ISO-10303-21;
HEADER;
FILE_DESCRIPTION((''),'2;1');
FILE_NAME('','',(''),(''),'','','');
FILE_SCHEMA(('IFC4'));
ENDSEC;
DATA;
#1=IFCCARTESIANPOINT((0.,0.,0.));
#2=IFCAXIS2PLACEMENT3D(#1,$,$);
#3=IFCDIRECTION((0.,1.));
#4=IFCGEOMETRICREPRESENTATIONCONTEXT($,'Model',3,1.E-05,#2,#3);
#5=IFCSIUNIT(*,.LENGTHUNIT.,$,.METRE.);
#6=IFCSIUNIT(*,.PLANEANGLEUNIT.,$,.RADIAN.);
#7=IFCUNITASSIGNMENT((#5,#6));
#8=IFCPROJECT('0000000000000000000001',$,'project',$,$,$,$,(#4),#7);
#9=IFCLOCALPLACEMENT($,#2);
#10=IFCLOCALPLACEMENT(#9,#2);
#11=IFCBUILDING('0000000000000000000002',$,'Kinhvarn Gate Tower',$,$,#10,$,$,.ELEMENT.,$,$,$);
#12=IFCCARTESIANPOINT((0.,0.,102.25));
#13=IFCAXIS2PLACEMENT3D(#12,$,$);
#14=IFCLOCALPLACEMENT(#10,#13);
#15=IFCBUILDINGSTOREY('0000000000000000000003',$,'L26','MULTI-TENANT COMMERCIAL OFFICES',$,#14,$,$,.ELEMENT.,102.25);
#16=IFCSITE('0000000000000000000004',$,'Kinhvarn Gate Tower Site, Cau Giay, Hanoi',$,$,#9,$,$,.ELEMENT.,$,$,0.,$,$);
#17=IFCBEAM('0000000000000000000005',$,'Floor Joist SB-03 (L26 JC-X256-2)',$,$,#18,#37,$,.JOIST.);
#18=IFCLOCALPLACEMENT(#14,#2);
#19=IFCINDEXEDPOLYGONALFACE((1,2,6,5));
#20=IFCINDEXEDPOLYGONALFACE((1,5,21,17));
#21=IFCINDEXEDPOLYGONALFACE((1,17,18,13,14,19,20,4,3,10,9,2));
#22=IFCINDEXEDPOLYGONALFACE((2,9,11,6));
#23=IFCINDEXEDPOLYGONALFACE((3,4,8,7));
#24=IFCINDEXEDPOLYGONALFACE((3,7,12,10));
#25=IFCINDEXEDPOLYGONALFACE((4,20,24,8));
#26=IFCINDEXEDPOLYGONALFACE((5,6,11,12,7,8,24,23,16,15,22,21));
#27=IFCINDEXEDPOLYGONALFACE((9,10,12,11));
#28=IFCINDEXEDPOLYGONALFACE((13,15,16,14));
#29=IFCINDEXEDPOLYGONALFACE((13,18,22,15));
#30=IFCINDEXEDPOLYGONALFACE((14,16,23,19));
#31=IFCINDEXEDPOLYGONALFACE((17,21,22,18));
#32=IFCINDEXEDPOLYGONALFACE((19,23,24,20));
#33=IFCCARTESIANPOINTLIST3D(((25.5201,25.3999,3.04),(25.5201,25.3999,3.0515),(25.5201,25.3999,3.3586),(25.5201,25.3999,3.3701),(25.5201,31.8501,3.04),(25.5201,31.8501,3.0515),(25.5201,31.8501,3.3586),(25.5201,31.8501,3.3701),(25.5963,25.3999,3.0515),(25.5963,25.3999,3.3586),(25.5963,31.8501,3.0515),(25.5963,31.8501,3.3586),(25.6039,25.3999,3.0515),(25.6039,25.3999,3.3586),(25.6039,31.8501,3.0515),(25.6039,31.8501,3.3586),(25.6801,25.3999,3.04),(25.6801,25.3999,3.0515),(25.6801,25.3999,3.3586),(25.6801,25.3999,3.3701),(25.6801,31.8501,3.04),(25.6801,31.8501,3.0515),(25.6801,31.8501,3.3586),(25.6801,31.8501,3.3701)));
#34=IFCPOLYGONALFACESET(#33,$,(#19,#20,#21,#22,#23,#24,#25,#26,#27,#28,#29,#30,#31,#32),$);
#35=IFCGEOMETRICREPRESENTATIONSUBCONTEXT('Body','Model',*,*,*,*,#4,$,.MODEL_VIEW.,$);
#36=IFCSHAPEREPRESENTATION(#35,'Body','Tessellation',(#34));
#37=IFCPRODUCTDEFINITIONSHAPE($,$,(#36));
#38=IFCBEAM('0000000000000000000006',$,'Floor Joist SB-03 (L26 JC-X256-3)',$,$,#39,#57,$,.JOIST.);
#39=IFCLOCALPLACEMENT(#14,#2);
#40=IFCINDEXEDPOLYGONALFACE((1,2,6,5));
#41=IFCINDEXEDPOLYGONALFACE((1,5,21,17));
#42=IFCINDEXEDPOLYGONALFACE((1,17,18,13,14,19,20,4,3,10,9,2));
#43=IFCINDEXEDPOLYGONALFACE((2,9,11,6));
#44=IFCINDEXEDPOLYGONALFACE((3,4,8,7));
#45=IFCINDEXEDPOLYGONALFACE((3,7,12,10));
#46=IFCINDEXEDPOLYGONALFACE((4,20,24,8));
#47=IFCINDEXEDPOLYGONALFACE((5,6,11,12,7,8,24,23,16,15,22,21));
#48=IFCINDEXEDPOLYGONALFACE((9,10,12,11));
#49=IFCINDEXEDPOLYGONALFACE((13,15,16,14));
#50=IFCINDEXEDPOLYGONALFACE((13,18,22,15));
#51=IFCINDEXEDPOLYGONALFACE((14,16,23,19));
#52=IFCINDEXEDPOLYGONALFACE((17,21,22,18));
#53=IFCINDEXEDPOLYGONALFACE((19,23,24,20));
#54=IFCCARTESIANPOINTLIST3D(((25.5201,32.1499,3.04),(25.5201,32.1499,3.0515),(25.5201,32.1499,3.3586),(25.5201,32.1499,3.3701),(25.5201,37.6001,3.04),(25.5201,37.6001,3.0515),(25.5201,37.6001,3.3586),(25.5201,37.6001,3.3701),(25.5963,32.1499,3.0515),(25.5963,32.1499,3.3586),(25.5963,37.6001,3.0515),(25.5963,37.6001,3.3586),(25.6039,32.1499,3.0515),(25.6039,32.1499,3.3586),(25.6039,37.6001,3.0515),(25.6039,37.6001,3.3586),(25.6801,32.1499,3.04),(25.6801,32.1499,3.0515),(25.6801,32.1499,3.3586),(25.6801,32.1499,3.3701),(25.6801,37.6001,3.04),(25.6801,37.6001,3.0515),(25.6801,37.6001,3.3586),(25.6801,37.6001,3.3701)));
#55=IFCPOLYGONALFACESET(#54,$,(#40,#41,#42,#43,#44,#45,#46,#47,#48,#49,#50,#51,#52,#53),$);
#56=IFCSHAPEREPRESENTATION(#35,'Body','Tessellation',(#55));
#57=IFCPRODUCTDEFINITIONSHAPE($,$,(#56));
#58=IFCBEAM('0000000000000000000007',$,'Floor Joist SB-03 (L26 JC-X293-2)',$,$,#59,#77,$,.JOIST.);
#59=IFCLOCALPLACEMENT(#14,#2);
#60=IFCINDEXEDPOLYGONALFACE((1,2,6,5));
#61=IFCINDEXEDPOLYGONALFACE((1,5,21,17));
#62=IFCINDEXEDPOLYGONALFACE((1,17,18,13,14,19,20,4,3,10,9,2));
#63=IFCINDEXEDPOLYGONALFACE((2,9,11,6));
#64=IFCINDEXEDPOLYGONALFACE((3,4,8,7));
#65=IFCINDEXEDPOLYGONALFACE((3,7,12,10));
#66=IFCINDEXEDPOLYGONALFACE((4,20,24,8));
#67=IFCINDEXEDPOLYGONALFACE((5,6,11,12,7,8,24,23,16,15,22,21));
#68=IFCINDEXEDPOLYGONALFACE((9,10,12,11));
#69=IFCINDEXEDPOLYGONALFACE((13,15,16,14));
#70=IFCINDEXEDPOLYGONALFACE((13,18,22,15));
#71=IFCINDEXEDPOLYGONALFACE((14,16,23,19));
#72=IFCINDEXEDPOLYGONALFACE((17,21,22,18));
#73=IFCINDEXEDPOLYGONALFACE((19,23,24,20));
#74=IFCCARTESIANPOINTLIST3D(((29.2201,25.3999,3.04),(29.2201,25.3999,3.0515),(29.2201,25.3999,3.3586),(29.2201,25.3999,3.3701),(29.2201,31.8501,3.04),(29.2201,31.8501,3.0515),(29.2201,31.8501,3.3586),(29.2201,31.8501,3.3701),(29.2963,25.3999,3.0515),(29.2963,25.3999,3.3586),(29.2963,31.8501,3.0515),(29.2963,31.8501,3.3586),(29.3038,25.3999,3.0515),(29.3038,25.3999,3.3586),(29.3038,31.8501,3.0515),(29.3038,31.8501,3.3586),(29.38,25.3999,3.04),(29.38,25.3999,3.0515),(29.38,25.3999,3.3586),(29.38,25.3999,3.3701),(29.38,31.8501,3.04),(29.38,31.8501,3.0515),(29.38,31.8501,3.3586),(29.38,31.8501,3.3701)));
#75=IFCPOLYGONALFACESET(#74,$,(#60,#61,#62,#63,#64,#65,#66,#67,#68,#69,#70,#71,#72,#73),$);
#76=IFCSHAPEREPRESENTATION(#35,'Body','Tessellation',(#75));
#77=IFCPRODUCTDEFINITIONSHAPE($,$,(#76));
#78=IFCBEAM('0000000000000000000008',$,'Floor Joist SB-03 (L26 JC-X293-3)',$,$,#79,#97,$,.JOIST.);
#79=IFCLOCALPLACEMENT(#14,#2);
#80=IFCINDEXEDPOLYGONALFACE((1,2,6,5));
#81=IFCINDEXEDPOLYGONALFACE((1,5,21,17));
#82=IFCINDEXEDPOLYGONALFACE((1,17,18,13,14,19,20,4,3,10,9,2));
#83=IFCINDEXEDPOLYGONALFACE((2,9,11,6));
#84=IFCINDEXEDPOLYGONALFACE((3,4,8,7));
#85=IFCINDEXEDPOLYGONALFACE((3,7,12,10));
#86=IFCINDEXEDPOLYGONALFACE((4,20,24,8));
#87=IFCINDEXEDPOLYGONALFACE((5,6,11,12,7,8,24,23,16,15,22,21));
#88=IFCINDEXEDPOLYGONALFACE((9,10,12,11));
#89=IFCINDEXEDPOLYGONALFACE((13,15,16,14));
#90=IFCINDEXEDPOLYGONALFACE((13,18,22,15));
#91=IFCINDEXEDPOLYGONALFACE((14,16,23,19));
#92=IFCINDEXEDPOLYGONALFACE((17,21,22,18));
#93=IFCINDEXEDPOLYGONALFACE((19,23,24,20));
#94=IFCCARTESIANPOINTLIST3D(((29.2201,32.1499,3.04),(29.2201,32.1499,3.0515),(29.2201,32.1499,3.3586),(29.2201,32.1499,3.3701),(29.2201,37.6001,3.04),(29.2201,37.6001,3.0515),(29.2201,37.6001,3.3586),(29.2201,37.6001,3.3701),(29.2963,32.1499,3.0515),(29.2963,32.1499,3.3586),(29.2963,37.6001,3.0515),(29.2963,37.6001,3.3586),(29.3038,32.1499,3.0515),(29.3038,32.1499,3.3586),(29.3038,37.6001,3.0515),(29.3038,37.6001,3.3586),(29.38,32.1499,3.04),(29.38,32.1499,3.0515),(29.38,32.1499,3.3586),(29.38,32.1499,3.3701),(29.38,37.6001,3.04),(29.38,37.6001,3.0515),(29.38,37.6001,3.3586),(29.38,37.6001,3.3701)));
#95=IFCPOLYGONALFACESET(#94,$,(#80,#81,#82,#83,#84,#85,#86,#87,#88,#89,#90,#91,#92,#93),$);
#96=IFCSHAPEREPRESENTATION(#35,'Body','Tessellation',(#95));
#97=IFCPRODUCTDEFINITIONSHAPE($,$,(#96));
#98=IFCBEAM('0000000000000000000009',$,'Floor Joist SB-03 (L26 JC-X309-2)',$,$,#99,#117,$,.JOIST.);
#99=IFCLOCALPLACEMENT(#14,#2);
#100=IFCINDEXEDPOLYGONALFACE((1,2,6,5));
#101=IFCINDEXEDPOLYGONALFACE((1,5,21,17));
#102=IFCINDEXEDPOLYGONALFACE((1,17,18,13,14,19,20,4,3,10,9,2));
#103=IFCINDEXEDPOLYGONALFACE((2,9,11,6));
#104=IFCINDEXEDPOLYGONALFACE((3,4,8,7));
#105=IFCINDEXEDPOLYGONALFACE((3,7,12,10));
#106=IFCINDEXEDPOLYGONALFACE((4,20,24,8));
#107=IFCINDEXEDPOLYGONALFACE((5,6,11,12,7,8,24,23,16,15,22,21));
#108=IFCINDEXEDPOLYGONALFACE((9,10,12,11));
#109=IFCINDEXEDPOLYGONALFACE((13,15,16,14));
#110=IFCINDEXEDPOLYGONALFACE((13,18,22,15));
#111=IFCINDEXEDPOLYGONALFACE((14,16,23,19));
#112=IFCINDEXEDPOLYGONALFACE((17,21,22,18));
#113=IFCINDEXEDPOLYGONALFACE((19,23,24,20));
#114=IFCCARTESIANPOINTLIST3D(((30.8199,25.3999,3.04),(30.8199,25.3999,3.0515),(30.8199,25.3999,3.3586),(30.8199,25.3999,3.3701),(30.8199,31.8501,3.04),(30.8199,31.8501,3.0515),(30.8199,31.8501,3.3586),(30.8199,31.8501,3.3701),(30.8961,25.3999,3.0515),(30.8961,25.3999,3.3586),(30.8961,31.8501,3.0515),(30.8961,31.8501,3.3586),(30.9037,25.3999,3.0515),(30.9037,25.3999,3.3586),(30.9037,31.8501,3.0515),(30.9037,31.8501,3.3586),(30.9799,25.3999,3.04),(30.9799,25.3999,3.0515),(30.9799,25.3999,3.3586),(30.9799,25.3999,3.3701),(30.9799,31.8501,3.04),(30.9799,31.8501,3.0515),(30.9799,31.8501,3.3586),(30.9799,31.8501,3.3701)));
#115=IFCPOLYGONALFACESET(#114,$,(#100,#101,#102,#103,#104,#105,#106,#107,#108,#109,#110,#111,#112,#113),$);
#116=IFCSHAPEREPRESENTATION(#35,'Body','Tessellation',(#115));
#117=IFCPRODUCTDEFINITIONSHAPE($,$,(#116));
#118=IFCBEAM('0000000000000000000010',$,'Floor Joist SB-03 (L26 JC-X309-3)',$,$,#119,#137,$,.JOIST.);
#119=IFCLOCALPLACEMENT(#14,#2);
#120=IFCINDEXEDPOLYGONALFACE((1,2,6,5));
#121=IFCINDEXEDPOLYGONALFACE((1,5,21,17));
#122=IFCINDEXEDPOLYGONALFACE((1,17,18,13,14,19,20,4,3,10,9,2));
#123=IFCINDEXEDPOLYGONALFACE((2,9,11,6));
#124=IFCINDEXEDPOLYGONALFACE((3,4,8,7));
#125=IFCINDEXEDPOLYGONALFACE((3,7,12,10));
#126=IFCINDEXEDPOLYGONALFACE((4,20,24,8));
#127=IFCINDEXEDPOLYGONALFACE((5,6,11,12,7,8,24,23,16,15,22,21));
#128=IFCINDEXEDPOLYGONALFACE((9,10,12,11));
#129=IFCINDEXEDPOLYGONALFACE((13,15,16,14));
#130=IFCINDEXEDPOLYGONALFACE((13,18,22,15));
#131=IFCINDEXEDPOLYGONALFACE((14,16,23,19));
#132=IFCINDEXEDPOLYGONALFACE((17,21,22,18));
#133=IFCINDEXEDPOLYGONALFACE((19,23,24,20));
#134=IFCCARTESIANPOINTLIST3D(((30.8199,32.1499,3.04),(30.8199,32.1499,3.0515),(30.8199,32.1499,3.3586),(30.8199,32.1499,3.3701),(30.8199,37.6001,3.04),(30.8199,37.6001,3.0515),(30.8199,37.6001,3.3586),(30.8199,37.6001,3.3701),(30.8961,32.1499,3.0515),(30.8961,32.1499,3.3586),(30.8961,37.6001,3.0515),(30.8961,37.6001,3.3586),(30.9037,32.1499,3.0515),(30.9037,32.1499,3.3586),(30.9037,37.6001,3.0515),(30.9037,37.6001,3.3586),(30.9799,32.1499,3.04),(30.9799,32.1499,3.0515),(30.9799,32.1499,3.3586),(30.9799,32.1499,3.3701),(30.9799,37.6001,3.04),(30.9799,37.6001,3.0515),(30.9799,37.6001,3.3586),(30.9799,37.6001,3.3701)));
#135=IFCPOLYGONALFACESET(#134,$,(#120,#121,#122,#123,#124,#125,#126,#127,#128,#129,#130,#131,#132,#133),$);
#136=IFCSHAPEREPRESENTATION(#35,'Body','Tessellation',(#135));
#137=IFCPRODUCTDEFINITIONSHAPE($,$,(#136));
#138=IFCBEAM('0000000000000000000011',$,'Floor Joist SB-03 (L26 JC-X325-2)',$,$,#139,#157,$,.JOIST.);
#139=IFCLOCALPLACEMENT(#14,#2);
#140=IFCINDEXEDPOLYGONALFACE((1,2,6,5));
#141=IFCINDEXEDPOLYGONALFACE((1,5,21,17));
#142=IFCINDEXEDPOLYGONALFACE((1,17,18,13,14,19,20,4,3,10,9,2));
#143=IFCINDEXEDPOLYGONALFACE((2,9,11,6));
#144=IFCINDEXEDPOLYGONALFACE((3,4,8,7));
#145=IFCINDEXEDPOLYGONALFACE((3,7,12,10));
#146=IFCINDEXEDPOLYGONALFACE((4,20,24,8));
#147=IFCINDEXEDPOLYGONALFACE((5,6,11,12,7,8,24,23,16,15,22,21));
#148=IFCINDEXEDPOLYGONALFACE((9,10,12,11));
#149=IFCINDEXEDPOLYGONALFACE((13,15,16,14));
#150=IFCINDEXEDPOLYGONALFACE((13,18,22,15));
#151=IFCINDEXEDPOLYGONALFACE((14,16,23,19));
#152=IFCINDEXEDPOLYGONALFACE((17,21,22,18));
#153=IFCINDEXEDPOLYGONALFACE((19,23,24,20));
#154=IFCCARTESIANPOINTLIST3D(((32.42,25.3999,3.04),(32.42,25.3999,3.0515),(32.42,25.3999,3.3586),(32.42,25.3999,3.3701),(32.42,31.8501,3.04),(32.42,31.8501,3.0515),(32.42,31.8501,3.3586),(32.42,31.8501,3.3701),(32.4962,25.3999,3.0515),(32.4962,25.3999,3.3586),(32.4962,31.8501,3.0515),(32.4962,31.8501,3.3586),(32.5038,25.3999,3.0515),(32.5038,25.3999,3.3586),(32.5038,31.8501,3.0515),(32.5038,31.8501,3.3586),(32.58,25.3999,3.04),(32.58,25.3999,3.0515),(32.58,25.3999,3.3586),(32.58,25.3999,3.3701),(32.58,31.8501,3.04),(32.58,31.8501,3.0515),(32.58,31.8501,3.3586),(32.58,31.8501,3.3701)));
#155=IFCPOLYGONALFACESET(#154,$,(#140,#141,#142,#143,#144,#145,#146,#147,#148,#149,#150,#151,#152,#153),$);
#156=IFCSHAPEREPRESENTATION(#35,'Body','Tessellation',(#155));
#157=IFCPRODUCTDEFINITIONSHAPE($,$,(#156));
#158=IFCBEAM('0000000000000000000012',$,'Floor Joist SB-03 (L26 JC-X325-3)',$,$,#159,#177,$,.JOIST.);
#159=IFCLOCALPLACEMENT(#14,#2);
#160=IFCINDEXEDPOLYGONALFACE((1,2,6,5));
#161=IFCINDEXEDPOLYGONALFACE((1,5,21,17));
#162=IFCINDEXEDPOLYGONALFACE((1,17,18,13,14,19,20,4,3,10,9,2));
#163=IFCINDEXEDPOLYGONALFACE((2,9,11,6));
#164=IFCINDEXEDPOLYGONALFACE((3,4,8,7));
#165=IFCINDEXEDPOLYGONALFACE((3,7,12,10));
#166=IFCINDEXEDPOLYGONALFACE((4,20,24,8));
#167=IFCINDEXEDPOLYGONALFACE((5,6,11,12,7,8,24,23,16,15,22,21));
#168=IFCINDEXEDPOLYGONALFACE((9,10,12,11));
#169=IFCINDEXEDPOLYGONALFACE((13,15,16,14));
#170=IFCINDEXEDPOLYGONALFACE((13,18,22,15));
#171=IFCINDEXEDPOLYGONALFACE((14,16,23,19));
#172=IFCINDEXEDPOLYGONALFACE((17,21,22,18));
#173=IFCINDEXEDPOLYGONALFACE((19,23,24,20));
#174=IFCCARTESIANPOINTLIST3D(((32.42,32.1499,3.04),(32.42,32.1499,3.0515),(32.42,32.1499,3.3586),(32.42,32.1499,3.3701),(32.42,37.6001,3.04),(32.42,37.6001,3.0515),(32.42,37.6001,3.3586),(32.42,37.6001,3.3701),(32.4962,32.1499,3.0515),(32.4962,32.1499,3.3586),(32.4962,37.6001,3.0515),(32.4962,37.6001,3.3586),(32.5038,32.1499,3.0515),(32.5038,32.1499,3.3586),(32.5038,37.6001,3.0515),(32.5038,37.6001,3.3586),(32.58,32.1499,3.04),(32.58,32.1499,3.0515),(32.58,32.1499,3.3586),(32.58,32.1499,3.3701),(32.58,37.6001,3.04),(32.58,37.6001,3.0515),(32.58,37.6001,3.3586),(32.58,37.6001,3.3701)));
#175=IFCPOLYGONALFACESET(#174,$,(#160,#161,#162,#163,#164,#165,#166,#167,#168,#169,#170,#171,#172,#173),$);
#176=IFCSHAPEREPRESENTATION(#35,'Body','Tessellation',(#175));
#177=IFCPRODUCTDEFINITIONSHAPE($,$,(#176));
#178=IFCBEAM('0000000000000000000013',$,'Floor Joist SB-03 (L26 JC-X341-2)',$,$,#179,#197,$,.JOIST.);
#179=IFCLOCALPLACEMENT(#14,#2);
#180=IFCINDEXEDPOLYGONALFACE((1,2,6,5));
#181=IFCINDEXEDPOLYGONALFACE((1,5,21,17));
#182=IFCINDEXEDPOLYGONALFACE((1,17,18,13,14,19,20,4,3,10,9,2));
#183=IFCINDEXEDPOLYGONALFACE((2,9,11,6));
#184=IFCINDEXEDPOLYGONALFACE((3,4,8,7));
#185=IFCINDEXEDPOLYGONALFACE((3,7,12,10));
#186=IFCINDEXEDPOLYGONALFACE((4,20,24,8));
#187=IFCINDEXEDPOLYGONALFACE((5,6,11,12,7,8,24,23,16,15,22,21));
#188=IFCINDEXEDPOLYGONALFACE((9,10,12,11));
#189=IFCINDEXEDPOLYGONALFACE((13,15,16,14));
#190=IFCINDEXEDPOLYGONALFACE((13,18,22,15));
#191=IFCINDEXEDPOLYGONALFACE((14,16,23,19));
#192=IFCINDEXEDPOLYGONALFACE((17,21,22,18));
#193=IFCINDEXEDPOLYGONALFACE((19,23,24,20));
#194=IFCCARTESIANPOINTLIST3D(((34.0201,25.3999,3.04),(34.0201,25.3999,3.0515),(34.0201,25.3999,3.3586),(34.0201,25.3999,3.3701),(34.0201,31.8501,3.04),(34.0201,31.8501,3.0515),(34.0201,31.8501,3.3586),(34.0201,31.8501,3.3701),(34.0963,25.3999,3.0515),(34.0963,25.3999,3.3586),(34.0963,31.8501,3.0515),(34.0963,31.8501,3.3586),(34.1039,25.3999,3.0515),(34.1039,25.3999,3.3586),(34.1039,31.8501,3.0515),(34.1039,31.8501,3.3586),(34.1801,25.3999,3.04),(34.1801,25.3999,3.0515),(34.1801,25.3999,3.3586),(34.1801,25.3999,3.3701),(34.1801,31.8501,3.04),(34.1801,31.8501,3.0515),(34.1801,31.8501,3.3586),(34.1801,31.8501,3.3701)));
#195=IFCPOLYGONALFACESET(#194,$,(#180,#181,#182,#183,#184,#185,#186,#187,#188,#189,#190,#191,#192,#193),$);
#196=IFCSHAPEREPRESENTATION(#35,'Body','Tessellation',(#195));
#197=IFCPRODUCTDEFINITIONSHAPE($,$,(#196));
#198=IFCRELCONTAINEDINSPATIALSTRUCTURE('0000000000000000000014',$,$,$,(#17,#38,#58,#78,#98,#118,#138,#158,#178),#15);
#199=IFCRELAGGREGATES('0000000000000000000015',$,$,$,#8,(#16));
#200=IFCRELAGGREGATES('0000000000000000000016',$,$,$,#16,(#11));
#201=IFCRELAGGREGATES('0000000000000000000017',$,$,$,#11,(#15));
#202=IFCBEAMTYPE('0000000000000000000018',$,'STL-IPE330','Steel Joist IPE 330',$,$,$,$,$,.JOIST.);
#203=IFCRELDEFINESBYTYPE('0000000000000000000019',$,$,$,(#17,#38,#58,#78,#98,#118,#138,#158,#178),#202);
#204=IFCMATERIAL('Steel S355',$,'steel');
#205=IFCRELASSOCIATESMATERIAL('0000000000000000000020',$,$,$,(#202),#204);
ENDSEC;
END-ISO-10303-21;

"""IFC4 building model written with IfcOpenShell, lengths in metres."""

from ifc_helpers import new_model, si_unit, direction, frame, origin, origin_2d, place, context, subcontext, project, spatial, i_section, extrude, material, material_profile, profile_set, type_object, element, save


model = new_model("IFC4")

# Units and contexts
model_context = context("Model", 3, precision=1e-05, world=origin(), true_north=direction((0.0, 1.0)))
body_context = subcontext(model_context, "Body", "Model", "MODEL_VIEW")
ifc_project = project(units=[si_unit("LENGTHUNIT", "METRE"), si_unit("PLANEANGLEUNIT", "RADIAN")], contexts=[model_context])

# Site, building, storey
site_placement = place(None, origin())
site = spatial("IfcSite", under=ifc_project, at=site_placement, Name="Kinhvarn Gate Tower Site, Cau Giay, Hanoi", CompositionType="ELEMENT", RefElevation=0.0)
building_placement = place(site_placement, origin())
building = spatial("IfcBuilding", under=site, at=building_placement, Name="Kinhvarn Gate Tower", CompositionType="ELEMENT")
storey_placement = place(building_placement, frame((0.0, 0.0, 102.25)))
storey = spatial("IfcBuildingStorey", under=building, at=storey_placement, Name="L26", Description="MULTI-TENANT COMMERCIAL OFFICES", CompositionType="ELEMENT", Elevation=102.25)

# Beams
ifc_material_1 = material(Name="Steel S355", Category="steel")
ifc_material_profile = material_profile(ifc_material_1, i_section(OverallWidth=0.1599, OverallDepth=0.3301, WebThickness=0.0076, FlangeThickness=0.0115, at=origin_2d()), Name="IPE 330")
ifc_profile_set = profile_set([ifc_material_profile], Name="Steel S355")
beam_type = type_object("IfcBeamType", Name="STL-IPE330", Description="Steel Joist IPE 330", PredefinedType="JOIST", material=ifc_profile_set)
beam_1_placement = place(storey_placement, frame((25.6001, 25.3999, 3.2051), z_axis=(0.0, 1.0, 0.0), x_axis=(-1.0, 0.0, 0.0)))
element("IfcBeam", 1, at=beam_1_placement, inside=storey, type_object=beam_type, Name="Floor Joist SB-03 (L26 JC-X256-2)", PredefinedType="JOIST", context=body_context, shape_type="SweptSolid", body=[
    extrude(i_section(OverallWidth=0.1599, OverallDepth=0.3301, WebThickness=0.0076, FlangeThickness=0.0115, at=origin_2d()), origin(), (0.0, 0.0, 1.0), 6.4502),
])
beam_2_placement = place(storey_placement, frame((25.6001, 32.1499, 3.2051), z_axis=(0.0, 1.0, 0.0), x_axis=(-1.0, 0.0, 0.0)))
element("IfcBeam", 2, at=beam_2_placement, inside=storey, type_object=beam_type, Name="Floor Joist SB-03 (L26 JC-X256-3)", PredefinedType="JOIST", context=body_context, shape_type="SweptSolid", body=[
    extrude(i_section(OverallWidth=0.1599, OverallDepth=0.3301, WebThickness=0.0076, FlangeThickness=0.0115, at=origin_2d()), origin(), (0.0, 0.0, 1.0), 5.4502),
])
beam_3_placement = place(storey_placement, frame((29.3, 25.3999, 3.2051), z_axis=(0.0, 1.0, 0.0), x_axis=(-1.0, 0.0, 0.0)))
element("IfcBeam", 3, at=beam_3_placement, inside=storey, type_object=beam_type, Name="Floor Joist SB-03 (L26 JC-X293-2)", PredefinedType="JOIST", context=body_context, shape_type="SweptSolid", body=[
    extrude(i_section(OverallWidth=0.1599, OverallDepth=0.3301, WebThickness=0.0076, FlangeThickness=0.0115, at=origin_2d()), origin(), (0.0, 0.0, 1.0), 6.4502),
])
beam_4_placement = place(storey_placement, frame((29.3, 32.1499, 3.2051), z_axis=(0.0, 1.0, 0.0), x_axis=(-1.0, 0.0, 0.0)))
element("IfcBeam", 4, at=beam_4_placement, inside=storey, type_object=beam_type, Name="Floor Joist SB-03 (L26 JC-X293-3)", PredefinedType="JOIST", context=body_context, shape_type="SweptSolid", body=[
    extrude(i_section(OverallWidth=0.1599, OverallDepth=0.3301, WebThickness=0.0076, FlangeThickness=0.0115, at=origin_2d()), origin(), (0.0, 0.0, 1.0), 5.4502),
])
beam_5_placement = place(storey_placement, frame((30.8999, 25.3999, 3.2051), z_axis=(0.0, 1.0, 0.0), x_axis=(-1.0, 0.0, 0.0)))
element("IfcBeam", 5, at=beam_5_placement, inside=storey, type_object=beam_type, Name="Floor Joist SB-03 (L26 JC-X309-2)", PredefinedType="JOIST", context=body_context, shape_type="SweptSolid", body=[
    extrude(i_section(OverallWidth=0.1599, OverallDepth=0.3301, WebThickness=0.0076, FlangeThickness=0.0115, at=origin_2d()), origin(), (0.0, 0.0, 1.0), 6.4502),
])
beam_6_placement = place(storey_placement, frame((30.8999, 32.1499, 3.2051), z_axis=(0.0, 1.0, 0.0), x_axis=(-1.0, 0.0, 0.0)))
element("IfcBeam", 6, at=beam_6_placement, inside=storey, type_object=beam_type, Name="Floor Joist SB-03 (L26 JC-X309-3)", PredefinedType="JOIST", context=body_context, shape_type="SweptSolid", body=[
    extrude(i_section(OverallWidth=0.1599, OverallDepth=0.3301, WebThickness=0.0076, FlangeThickness=0.0115, at=origin_2d()), origin(), (0.0, 0.0, 1.0), 5.4502),
])
beam_7_placement = place(storey_placement, frame((32.5, 25.3999, 3.2051), z_axis=(0.0, 1.0, 0.0), x_axis=(-1.0, 0.0, 0.0)))
element("IfcBeam", 7, at=beam_7_placement, inside=storey, type_object=beam_type, Name="Floor Joist SB-03 (L26 JC-X325-2)", PredefinedType="JOIST", context=body_context, shape_type="SweptSolid", body=[
    extrude(i_section(OverallWidth=0.1599, OverallDepth=0.3301, WebThickness=0.0076, FlangeThickness=0.0115, at=origin_2d()), origin(), (0.0, 0.0, 1.0), 6.4502),
])
beam_8_placement = place(storey_placement, frame((32.5, 32.1499, 3.2051), z_axis=(0.0, 1.0, 0.0), x_axis=(-1.0, 0.0, 0.0)))
element("IfcBeam", 8, at=beam_8_placement, inside=storey, type_object=beam_type, Name="Floor Joist SB-03 (L26 JC-X325-3)", PredefinedType="JOIST", context=body_context, shape_type="SweptSolid", body=[
    extrude(i_section(OverallWidth=0.1599, OverallDepth=0.3301, WebThickness=0.0076, FlangeThickness=0.0115, at=origin_2d()), origin(), (0.0, 0.0, 1.0), 5.4502),
])
beam_9_placement = place(storey_placement, frame((34.1001, 25.3999, 3.2051), z_axis=(0.0, 1.0, 0.0), x_axis=(-1.0, 0.0, 0.0)))
element("IfcBeam", 9, at=beam_9_placement, inside=storey, type_object=beam_type, Name="Floor Joist SB-03 (L26 JC-X341-2)", PredefinedType="JOIST", context=body_context, shape_type="SweptSolid", body=[
    extrude(i_section(OverallWidth=0.1599, OverallDepth=0.3301, WebThickness=0.0076, FlangeThickness=0.0115, at=origin_2d()), origin(), (0.0, 0.0, 1.0), 6.4502),
])

save(model, "model.ifc")
